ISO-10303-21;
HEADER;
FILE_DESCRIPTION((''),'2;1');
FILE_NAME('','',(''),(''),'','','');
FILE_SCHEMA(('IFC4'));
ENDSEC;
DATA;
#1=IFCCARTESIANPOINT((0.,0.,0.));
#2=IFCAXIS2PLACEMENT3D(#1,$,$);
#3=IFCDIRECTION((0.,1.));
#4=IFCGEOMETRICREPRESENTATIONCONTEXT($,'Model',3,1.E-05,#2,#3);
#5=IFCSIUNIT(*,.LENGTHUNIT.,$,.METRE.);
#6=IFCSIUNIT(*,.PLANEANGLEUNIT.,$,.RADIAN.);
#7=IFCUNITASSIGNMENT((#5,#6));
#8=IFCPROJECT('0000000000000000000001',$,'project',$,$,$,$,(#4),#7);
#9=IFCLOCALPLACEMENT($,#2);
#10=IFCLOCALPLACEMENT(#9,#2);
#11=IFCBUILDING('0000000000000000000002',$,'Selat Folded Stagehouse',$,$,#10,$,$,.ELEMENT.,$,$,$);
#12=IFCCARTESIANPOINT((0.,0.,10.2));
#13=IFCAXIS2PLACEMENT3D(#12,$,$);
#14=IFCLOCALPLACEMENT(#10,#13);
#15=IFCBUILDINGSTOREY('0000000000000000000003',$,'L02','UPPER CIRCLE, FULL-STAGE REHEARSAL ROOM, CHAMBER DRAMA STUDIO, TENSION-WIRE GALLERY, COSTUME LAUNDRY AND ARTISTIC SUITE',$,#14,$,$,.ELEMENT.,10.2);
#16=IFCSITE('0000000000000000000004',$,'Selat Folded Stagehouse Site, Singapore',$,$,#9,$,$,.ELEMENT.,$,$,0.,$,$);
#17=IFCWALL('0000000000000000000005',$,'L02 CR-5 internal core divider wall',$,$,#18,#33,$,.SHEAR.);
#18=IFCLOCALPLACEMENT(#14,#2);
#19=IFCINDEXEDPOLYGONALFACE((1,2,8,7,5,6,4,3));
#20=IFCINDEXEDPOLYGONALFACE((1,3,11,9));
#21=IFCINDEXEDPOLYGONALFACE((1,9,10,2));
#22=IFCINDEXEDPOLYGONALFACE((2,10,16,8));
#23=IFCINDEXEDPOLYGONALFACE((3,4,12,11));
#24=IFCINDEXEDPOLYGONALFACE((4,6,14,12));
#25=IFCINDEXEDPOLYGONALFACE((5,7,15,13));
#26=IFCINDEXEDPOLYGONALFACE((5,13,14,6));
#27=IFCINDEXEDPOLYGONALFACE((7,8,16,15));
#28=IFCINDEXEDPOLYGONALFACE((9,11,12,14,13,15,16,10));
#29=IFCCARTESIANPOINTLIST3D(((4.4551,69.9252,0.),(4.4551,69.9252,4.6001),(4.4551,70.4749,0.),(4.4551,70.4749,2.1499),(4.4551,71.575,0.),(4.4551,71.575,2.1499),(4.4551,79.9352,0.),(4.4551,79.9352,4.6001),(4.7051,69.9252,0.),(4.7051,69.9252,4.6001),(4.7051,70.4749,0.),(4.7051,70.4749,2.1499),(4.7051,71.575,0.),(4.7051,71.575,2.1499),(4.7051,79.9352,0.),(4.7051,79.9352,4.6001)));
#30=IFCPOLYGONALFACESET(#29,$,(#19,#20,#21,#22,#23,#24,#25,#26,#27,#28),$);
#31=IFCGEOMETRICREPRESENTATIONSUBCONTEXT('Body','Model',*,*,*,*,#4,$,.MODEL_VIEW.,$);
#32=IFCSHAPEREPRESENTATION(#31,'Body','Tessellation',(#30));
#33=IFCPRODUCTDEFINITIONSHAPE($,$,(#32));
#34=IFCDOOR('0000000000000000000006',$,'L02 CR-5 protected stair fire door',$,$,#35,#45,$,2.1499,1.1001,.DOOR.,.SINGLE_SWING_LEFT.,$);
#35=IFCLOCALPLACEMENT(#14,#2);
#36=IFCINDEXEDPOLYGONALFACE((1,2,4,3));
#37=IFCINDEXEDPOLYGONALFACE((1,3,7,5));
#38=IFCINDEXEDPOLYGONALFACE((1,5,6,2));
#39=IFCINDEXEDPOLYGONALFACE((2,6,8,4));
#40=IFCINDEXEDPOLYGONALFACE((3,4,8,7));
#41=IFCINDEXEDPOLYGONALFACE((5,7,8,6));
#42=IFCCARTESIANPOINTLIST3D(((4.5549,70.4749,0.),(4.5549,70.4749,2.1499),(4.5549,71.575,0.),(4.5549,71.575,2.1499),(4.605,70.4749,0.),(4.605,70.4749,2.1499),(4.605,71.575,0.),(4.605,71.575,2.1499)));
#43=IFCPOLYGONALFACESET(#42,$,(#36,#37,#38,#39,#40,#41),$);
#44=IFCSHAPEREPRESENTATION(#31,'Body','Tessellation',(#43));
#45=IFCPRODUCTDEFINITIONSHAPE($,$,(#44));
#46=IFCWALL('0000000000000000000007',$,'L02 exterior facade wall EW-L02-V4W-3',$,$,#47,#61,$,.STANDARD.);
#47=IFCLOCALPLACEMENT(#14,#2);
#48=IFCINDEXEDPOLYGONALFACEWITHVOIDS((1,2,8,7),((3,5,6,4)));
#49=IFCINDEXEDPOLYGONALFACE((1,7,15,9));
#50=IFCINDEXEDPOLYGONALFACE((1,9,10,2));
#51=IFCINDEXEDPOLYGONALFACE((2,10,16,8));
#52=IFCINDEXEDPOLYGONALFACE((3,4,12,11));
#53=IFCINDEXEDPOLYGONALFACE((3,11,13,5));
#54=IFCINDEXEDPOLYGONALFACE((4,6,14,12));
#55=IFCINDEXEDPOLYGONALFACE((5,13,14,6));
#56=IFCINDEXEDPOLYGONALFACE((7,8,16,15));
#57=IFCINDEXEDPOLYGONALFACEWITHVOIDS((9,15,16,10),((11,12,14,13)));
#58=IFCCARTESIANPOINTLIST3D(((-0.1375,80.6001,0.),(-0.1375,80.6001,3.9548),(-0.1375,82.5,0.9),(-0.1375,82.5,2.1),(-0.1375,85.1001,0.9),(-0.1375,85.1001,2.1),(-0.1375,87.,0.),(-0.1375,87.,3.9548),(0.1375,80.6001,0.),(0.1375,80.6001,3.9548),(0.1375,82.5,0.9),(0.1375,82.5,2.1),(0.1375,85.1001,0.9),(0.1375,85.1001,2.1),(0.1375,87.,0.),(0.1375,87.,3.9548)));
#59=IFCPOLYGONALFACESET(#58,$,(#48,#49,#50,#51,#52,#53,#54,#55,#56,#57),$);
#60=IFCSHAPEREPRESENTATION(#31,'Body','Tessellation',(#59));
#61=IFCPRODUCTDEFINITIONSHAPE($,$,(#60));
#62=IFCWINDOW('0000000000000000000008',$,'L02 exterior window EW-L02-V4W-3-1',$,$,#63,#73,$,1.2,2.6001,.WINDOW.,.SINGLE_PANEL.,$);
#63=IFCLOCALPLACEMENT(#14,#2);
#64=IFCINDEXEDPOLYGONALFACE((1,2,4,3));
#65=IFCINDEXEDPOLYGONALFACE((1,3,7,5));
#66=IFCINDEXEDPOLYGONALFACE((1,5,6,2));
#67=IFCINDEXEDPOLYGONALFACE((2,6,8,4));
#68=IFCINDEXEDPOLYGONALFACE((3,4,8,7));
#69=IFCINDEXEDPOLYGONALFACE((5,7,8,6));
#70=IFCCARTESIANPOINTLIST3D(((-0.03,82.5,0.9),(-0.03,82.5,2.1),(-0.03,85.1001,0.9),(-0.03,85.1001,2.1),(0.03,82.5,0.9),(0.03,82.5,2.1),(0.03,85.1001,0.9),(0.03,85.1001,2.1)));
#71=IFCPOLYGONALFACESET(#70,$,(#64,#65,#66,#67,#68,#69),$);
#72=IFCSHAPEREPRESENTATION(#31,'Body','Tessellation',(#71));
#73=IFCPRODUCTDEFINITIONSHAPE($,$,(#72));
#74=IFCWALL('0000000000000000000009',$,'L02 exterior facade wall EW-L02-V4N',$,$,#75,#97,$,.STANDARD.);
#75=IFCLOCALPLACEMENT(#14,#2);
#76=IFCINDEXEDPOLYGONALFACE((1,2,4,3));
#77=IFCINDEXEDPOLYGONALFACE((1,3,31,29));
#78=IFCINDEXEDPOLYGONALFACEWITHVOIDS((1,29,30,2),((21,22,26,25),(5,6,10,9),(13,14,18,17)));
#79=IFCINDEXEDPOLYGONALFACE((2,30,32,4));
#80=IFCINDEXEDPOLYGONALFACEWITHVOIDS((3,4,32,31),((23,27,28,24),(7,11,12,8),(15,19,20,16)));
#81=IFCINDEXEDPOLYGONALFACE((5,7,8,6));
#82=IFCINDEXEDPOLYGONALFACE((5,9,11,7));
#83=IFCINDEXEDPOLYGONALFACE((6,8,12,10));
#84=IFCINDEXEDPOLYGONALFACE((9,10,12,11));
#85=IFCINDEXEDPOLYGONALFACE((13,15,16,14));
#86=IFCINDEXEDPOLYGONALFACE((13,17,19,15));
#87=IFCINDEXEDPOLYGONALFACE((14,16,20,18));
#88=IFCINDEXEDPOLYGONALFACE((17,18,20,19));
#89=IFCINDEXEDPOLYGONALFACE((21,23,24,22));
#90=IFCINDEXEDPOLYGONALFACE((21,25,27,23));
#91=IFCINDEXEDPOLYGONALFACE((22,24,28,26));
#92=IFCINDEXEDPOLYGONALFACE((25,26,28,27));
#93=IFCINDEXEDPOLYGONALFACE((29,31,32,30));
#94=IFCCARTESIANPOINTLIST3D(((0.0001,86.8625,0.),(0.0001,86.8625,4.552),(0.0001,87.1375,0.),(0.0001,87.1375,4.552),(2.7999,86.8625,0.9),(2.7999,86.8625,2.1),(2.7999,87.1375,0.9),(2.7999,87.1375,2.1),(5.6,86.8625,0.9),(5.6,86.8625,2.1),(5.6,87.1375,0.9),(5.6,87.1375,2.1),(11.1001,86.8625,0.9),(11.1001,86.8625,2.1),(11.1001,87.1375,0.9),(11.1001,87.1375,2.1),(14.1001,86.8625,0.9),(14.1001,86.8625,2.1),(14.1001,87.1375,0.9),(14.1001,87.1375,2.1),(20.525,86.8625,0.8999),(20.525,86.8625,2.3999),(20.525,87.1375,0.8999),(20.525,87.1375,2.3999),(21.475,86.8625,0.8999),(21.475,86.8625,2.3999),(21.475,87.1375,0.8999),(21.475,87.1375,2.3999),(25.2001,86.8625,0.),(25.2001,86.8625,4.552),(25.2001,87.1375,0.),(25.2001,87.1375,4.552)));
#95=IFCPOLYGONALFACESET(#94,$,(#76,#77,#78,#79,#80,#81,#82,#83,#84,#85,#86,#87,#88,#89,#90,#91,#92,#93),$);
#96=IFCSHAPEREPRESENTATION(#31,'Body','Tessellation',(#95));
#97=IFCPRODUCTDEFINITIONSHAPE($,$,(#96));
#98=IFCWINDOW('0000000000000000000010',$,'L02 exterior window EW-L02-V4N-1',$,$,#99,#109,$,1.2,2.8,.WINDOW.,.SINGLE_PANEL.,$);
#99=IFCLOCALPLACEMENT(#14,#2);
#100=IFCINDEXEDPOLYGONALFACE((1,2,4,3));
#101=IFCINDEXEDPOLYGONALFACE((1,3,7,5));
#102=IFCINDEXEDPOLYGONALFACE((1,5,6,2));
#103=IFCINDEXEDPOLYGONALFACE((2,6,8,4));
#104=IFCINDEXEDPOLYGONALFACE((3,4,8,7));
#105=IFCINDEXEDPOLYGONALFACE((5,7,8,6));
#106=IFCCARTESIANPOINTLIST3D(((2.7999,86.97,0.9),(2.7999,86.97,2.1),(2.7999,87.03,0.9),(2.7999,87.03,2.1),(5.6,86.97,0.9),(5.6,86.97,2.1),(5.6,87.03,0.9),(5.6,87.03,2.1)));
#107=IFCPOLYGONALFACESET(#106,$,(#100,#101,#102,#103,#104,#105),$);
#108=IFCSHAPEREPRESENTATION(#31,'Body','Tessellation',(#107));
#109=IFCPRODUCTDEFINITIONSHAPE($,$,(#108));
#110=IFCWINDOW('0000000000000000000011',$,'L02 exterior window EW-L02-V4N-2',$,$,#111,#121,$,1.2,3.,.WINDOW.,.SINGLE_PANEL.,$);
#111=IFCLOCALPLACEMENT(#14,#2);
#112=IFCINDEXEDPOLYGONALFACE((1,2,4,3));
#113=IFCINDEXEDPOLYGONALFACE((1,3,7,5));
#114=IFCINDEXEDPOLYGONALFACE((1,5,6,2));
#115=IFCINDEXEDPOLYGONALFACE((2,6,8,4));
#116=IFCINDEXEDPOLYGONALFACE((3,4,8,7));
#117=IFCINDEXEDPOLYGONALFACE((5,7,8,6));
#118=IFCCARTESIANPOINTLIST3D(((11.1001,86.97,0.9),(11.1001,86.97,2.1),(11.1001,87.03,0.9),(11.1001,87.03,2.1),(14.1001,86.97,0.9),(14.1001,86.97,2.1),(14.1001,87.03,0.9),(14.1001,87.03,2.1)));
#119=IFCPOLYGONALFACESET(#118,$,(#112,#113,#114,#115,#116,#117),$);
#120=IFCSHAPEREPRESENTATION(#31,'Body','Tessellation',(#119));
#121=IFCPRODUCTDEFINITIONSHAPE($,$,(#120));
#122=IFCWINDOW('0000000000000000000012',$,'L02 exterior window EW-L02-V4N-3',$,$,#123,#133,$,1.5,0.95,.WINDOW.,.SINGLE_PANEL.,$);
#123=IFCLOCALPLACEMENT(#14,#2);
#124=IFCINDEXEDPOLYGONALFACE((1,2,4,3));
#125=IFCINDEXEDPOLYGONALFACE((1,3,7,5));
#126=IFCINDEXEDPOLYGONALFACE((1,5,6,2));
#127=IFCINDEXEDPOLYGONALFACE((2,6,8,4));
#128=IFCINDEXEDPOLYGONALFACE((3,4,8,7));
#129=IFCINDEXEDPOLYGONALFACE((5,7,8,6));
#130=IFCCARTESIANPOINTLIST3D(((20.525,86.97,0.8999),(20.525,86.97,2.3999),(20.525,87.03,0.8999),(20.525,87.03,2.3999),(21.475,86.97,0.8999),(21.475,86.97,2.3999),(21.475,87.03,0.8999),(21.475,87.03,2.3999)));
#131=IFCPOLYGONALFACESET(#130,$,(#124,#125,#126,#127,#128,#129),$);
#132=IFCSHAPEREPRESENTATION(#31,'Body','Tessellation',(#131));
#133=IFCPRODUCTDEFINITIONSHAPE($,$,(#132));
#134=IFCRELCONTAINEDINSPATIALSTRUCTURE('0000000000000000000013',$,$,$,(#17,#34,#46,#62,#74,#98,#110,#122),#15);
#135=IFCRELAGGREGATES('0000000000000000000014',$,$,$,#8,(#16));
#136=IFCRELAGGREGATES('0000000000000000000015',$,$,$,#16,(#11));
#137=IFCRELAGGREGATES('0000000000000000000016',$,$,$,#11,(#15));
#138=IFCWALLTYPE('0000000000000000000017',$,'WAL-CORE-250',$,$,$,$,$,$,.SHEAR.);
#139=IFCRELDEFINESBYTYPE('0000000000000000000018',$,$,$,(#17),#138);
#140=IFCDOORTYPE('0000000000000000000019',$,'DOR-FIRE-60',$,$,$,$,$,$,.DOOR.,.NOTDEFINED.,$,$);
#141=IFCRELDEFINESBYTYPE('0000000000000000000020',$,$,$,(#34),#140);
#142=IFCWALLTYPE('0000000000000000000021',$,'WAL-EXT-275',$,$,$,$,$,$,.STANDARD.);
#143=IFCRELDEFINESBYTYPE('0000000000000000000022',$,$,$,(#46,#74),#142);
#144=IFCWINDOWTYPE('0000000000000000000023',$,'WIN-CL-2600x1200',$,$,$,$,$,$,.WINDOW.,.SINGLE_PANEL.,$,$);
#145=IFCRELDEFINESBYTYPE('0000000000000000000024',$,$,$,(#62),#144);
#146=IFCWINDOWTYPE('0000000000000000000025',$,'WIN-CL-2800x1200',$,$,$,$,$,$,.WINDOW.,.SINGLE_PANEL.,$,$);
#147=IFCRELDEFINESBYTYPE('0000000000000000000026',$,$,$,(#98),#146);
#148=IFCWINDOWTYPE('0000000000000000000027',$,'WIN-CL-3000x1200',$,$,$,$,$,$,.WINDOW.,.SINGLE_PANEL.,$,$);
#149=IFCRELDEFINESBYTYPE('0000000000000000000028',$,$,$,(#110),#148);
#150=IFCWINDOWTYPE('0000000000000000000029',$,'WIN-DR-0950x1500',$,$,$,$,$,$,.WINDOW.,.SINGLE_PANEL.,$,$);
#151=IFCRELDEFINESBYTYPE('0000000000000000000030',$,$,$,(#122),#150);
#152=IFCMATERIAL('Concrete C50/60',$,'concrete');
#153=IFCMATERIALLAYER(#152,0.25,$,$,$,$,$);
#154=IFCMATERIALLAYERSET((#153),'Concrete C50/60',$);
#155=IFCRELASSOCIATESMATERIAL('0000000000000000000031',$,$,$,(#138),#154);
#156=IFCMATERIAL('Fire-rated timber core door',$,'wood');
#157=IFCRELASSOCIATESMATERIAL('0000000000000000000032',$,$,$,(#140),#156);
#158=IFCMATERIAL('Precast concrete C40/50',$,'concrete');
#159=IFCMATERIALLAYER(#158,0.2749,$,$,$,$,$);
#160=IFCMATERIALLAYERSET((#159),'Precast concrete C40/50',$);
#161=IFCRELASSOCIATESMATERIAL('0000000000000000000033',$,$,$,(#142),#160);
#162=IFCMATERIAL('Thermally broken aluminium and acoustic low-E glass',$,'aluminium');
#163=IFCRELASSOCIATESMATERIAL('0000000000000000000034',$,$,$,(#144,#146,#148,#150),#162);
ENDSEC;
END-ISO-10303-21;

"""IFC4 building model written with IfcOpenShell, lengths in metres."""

from ifc_helpers import new_model, si_unit, direction, frame, frame_2d, origin, place, context, subcontext, project, spatial, rectangle, extrude, material, layer, layer_set, type_object, element, fill, save


model = new_model("IFC4")

# Units and contexts
model_context = context("Model", 3, precision=1e-05, world=origin(), true_north=direction((0.0, 1.0)))
body_context = subcontext(model_context, "Body", "Model", "MODEL_VIEW")
ifc_project = project(units=[si_unit("LENGTHUNIT", "METRE"), si_unit("PLANEANGLEUNIT", "RADIAN")], contexts=[model_context])

# Site, building, storey
site_placement = place(None, origin())
site = spatial("IfcSite", under=ifc_project, at=site_placement, Name="Selat Folded Stagehouse Site, Singapore", CompositionType="ELEMENT", RefElevation=0.0)
building_placement = place(site_placement, origin())
building = spatial("IfcBuilding", under=site, at=building_placement, Name="Selat Folded Stagehouse", CompositionType="ELEMENT")
storey_placement = place(building_placement, frame((0.0, 0.0, 10.2)))
storey = spatial("IfcBuildingStorey", under=building, at=storey_placement, Name="L02", Description="UPPER CIRCLE, FULL-STAGE REHEARSAL ROOM, CHAMBER DRAMA STUDIO, TENSION-WIRE GALLERY, COSTUME LAUNDRY AND ARTISTIC SUITE", CompositionType="ELEMENT", Elevation=10.2)

# Wall, opening, door
ifc_material_1 = material(Name="Concrete C50/60", Category="concrete")
ifc_layer_1 = layer(ifc_material_1, 0.25)
ifc_layer_set_1 = layer_set([ifc_layer_1], Name="Concrete C50/60")
wall_type_1 = type_object("IfcWallType", Name="WAL-CORE-250", PredefinedType="SHEAR", material=ifc_layer_set_1)
wall_1_placement = place(storey_placement, frame((4.5801, 79.9351, 0.0), z_axis=(0.0, 0.0, 1.0), x_axis=(0.0, -1.0, 0.0)))
wall_1 = element("IfcWall", 1, at=wall_1_placement, inside=storey, type_object=wall_type_1, Name="L02 CR-5 internal core divider wall", PredefinedType="SHEAR", context=body_context, shape_type="SweptSolid", body=[
    extrude(rectangle(XDim=10.01, YDim=0.25, at=frame_2d((5.0049, 0.0))), origin(), (0.0, 0.0, 1.0), 4.6001),
])
opening_1_placement = place(wall_1_placement, frame((8.3601, 0.0, 0.0)))
opening_1 = element("IfcOpeningElement", 2, at=opening_1_placement, cuts=wall_1, PredefinedType="OPENING", context=body_context, shape_type="SweptSolid", body=[
    extrude(rectangle(XDim=1.1001, YDim=2.1499, at=frame_2d((0.55, 1.075))), frame((0.0, 0.135, 0.0), z_axis=(0.0, -1.0, 0.0), x_axis=(1.0, 0.0, 0.0)), (0.0, 0.0, 1.0), 0.27),
])
ifc_material_2 = material(Name="Fire-rated timber core door", Category="wood")
door_type_1 = type_object("IfcDoorType", Name="DOR-FIRE-60", OperationType="NOTDEFINED", PredefinedType="DOOR", material=ifc_material_2)
door_1_placement = place(opening_1_placement, origin())
door_1 = element("IfcDoor", 3, at=door_1_placement, inside=storey, type_object=door_type_1, Name="L02 CR-5 protected stair fire door", OperationType="SINGLE_SWING_LEFT", OverallHeight=2.1499, OverallWidth=1.1001, PredefinedType="DOOR", context=body_context, shape_type="SweptSolid", body=[
    extrude(rectangle(XDim=1.1001, YDim=2.1499, at=frame_2d((0.55, 1.075))), frame((0.0, 0.0249, 0.0), z_axis=(0.0, -1.0, 0.0), x_axis=(1.0, 0.0, 0.0)), (0.0, 0.0, 1.0), 0.05),
])
fill(opening_1, door_1)

# Wall, opening, window
ifc_material_3 = material(Name="Precast concrete C40/50", Category="concrete")
ifc_layer_2 = layer(ifc_material_3, 0.2749)
ifc_layer_set_2 = layer_set([ifc_layer_2], Name="Precast concrete C40/50")
wall_type_2 = type_object("IfcWallType", Name="WAL-EXT-275", PredefinedType="STANDARD", material=ifc_layer_set_2)
wall_2_placement = place(storey_placement, frame((0.0, 80.6001, 0.0), z_axis=(0.0, 0.0, 1.0), x_axis=(0.0, 1.0, 0.0)))
wall_2 = element("IfcWall", 4, at=wall_2_placement, inside=storey, type_object=wall_type_2, Name="L02 exterior facade wall EW-L02-V4W-3", PredefinedType="STANDARD", context=body_context, shape_type="SweptSolid", body=[
    extrude(rectangle(XDim=6.3999, YDim=0.2749, at=frame_2d((3.2, 0.0))), origin(), (0.0, 0.0, 1.0), 3.9548),
])
opening_2_placement = place(wall_2_placement, frame((1.8999, 0.0, 0.8999)))
opening_2 = element("IfcOpeningElement", 5, at=opening_2_placement, cuts=wall_2, PredefinedType="OPENING", context=body_context, shape_type="SweptSolid", body=[
    extrude(rectangle(XDim=2.6001, YDim=1.2, at=frame_2d((1.3, 0.6001))), frame((0.0, 0.1475, 0.0), z_axis=(0.0, -1.0, 0.0), x_axis=(1.0, 0.0, 0.0)), (0.0, 0.0, 1.0), 0.2949),
])
ifc_material_4 = material(Name="Thermally broken aluminium and acoustic low-E glass", Category="aluminium")
window_type_1 = type_object("IfcWindowType", Name="WIN-CL-2600x1200", PartitioningType="SINGLE_PANEL", PredefinedType="WINDOW", material=ifc_material_4)
window_1_placement = place(opening_2_placement, origin())
window_1 = element("IfcWindow", 6, at=window_1_placement, inside=storey, type_object=window_type_1, Name="L02 exterior window EW-L02-V4W-3-1", OverallHeight=1.2, OverallWidth=2.6001, PartitioningType="SINGLE_PANEL", PredefinedType="WINDOW", context=body_context, shape_type="SweptSolid", body=[
    extrude(rectangle(XDim=2.6001, YDim=1.2, at=frame_2d((1.3, 0.6001))), frame((0.0, 0.03, 0.0), z_axis=(0.0, -1.0, 0.0), x_axis=(1.0, 0.0, 0.0)), (0.0, 0.0, 1.0), 0.0601),
])
fill(opening_2, window_1)

# Wall, openings, windows
wall_3_placement = place(storey_placement, frame((0.0, 87.0, 0.0), z_axis=(0.0, 0.0, 1.0), x_axis=(1.0, 0.0, 0.0)))
wall_3 = element("IfcWall", 7, at=wall_3_placement, inside=storey, type_object=wall_type_2, Name="L02 exterior facade wall EW-L02-V4N", PredefinedType="STANDARD", context=body_context, shape_type="SweptSolid", body=[
    extrude(rectangle(XDim=25.2, YDim=0.2749, at=frame_2d((12.6001, 0.0))), origin(), (0.0, 0.0, 1.0), 4.552),
])
opening_3_placement = place(wall_3_placement, frame((2.8, 0.0, 0.8999)))
opening_3 = element("IfcOpeningElement", 8, at=opening_3_placement, cuts=wall_3, PredefinedType="OPENING", context=body_context, shape_type="SweptSolid", body=[
    extrude(rectangle(XDim=2.8, YDim=1.2, at=frame_2d((1.3999, 0.6001))), frame((0.0, 0.1475, 0.0), z_axis=(0.0, -1.0, 0.0), x_axis=(1.0, 0.0, 0.0)), (0.0, 0.0, 1.0), 0.2949),
])
opening_4_placement = place(wall_3_placement, frame((11.1001, 0.0, 0.8999)))
opening_4 = element("IfcOpeningElement", 9, at=opening_4_placement, cuts=wall_3, PredefinedType="OPENING", context=body_context, shape_type="SweptSolid", body=[
    extrude(rectangle(XDim=3.0, YDim=1.2, at=frame_2d((1.5, 0.6001))), frame((0.0, 0.1475, 0.0), z_axis=(0.0, -1.0, 0.0), x_axis=(1.0, 0.0, 0.0)), (0.0, 0.0, 1.0), 0.2949),
])
opening_5_placement = place(wall_3_placement, frame((20.5249, 0.0, 0.8999)))
opening_5 = element("IfcOpeningElement", 10, at=opening_5_placement, cuts=wall_3, PredefinedType="OPENING", context=body_context, shape_type="SweptSolid", body=[
    extrude(rectangle(XDim=0.95, YDim=1.5, at=frame_2d((0.4751, 0.75))), frame((0.0, 0.1475, 0.0), z_axis=(0.0, -1.0, 0.0), x_axis=(1.0, 0.0, 0.0)), (0.0, 0.0, 1.0), 0.2949),
])
window_type_2 = type_object("IfcWindowType", Name="WIN-CL-2800x1200", PartitioningType="SINGLE_PANEL", PredefinedType="WINDOW", material=ifc_material_4)
window_2_placement = place(opening_3_placement, origin())
window_2 = element("IfcWindow", 11, at=window_2_placement, inside=storey, type_object=window_type_2, Name="L02 exterior window EW-L02-V4N-1", OverallHeight=1.2, OverallWidth=2.8, PartitioningType="SINGLE_PANEL", PredefinedType="WINDOW", context=body_context, shape_type="SweptSolid", body=[
    extrude(rectangle(XDim=2.8, YDim=1.2, at=frame_2d((1.3999, 0.6001))), frame((0.0, 0.03, 0.0), z_axis=(0.0, -1.0, 0.0), x_axis=(1.0, 0.0, 0.0)), (0.0, 0.0, 1.0), 0.0601),
])
fill(opening_3, window_2)
window_type_3 = type_object("IfcWindowType", Name="WIN-CL-3000x1200", PartitioningType="SINGLE_PANEL", PredefinedType="WINDOW", material=ifc_material_4)
window_3_placement = place(opening_4_placement, origin())
window_3 = element("IfcWindow", 12, at=window_3_placement, inside=storey, type_object=window_type_3, Name="L02 exterior window EW-L02-V4N-2", OverallHeight=1.2, OverallWidth=3.0, PartitioningType="SINGLE_PANEL", PredefinedType="WINDOW", context=body_context, shape_type="SweptSolid", body=[
    extrude(rectangle(XDim=3.0, YDim=1.2, at=frame_2d((1.5, 0.6001))), frame((0.0, 0.03, 0.0), z_axis=(0.0, -1.0, 0.0), x_axis=(1.0, 0.0, 0.0)), (0.0, 0.0, 1.0), 0.0601),
])
fill(opening_4, window_3)
window_type_4 = type_object("IfcWindowType", Name="WIN-DR-0950x1500", PartitioningType="SINGLE_PANEL", PredefinedType="WINDOW", material=ifc_material_4)
window_4_placement = place(opening_5_placement, origin())
window_4 = element("IfcWindow", 13, at=window_4_placement, inside=storey, type_object=window_type_4, Name="L02 exterior window EW-L02-V4N-3", OverallHeight=1.5, OverallWidth=0.95, PartitioningType="SINGLE_PANEL", PredefinedType="WINDOW", context=body_context, shape_type="SweptSolid", body=[
    extrude(rectangle(XDim=0.95, YDim=1.5, at=frame_2d((0.4751, 0.75))), frame((0.0, 0.03, 0.0), z_axis=(0.0, -1.0, 0.0), x_axis=(1.0, 0.0, 0.0)), (0.0, 0.0, 1.0), 0.0601),
])
fill(opening_5, window_4)

save(model, "model.ifc")
